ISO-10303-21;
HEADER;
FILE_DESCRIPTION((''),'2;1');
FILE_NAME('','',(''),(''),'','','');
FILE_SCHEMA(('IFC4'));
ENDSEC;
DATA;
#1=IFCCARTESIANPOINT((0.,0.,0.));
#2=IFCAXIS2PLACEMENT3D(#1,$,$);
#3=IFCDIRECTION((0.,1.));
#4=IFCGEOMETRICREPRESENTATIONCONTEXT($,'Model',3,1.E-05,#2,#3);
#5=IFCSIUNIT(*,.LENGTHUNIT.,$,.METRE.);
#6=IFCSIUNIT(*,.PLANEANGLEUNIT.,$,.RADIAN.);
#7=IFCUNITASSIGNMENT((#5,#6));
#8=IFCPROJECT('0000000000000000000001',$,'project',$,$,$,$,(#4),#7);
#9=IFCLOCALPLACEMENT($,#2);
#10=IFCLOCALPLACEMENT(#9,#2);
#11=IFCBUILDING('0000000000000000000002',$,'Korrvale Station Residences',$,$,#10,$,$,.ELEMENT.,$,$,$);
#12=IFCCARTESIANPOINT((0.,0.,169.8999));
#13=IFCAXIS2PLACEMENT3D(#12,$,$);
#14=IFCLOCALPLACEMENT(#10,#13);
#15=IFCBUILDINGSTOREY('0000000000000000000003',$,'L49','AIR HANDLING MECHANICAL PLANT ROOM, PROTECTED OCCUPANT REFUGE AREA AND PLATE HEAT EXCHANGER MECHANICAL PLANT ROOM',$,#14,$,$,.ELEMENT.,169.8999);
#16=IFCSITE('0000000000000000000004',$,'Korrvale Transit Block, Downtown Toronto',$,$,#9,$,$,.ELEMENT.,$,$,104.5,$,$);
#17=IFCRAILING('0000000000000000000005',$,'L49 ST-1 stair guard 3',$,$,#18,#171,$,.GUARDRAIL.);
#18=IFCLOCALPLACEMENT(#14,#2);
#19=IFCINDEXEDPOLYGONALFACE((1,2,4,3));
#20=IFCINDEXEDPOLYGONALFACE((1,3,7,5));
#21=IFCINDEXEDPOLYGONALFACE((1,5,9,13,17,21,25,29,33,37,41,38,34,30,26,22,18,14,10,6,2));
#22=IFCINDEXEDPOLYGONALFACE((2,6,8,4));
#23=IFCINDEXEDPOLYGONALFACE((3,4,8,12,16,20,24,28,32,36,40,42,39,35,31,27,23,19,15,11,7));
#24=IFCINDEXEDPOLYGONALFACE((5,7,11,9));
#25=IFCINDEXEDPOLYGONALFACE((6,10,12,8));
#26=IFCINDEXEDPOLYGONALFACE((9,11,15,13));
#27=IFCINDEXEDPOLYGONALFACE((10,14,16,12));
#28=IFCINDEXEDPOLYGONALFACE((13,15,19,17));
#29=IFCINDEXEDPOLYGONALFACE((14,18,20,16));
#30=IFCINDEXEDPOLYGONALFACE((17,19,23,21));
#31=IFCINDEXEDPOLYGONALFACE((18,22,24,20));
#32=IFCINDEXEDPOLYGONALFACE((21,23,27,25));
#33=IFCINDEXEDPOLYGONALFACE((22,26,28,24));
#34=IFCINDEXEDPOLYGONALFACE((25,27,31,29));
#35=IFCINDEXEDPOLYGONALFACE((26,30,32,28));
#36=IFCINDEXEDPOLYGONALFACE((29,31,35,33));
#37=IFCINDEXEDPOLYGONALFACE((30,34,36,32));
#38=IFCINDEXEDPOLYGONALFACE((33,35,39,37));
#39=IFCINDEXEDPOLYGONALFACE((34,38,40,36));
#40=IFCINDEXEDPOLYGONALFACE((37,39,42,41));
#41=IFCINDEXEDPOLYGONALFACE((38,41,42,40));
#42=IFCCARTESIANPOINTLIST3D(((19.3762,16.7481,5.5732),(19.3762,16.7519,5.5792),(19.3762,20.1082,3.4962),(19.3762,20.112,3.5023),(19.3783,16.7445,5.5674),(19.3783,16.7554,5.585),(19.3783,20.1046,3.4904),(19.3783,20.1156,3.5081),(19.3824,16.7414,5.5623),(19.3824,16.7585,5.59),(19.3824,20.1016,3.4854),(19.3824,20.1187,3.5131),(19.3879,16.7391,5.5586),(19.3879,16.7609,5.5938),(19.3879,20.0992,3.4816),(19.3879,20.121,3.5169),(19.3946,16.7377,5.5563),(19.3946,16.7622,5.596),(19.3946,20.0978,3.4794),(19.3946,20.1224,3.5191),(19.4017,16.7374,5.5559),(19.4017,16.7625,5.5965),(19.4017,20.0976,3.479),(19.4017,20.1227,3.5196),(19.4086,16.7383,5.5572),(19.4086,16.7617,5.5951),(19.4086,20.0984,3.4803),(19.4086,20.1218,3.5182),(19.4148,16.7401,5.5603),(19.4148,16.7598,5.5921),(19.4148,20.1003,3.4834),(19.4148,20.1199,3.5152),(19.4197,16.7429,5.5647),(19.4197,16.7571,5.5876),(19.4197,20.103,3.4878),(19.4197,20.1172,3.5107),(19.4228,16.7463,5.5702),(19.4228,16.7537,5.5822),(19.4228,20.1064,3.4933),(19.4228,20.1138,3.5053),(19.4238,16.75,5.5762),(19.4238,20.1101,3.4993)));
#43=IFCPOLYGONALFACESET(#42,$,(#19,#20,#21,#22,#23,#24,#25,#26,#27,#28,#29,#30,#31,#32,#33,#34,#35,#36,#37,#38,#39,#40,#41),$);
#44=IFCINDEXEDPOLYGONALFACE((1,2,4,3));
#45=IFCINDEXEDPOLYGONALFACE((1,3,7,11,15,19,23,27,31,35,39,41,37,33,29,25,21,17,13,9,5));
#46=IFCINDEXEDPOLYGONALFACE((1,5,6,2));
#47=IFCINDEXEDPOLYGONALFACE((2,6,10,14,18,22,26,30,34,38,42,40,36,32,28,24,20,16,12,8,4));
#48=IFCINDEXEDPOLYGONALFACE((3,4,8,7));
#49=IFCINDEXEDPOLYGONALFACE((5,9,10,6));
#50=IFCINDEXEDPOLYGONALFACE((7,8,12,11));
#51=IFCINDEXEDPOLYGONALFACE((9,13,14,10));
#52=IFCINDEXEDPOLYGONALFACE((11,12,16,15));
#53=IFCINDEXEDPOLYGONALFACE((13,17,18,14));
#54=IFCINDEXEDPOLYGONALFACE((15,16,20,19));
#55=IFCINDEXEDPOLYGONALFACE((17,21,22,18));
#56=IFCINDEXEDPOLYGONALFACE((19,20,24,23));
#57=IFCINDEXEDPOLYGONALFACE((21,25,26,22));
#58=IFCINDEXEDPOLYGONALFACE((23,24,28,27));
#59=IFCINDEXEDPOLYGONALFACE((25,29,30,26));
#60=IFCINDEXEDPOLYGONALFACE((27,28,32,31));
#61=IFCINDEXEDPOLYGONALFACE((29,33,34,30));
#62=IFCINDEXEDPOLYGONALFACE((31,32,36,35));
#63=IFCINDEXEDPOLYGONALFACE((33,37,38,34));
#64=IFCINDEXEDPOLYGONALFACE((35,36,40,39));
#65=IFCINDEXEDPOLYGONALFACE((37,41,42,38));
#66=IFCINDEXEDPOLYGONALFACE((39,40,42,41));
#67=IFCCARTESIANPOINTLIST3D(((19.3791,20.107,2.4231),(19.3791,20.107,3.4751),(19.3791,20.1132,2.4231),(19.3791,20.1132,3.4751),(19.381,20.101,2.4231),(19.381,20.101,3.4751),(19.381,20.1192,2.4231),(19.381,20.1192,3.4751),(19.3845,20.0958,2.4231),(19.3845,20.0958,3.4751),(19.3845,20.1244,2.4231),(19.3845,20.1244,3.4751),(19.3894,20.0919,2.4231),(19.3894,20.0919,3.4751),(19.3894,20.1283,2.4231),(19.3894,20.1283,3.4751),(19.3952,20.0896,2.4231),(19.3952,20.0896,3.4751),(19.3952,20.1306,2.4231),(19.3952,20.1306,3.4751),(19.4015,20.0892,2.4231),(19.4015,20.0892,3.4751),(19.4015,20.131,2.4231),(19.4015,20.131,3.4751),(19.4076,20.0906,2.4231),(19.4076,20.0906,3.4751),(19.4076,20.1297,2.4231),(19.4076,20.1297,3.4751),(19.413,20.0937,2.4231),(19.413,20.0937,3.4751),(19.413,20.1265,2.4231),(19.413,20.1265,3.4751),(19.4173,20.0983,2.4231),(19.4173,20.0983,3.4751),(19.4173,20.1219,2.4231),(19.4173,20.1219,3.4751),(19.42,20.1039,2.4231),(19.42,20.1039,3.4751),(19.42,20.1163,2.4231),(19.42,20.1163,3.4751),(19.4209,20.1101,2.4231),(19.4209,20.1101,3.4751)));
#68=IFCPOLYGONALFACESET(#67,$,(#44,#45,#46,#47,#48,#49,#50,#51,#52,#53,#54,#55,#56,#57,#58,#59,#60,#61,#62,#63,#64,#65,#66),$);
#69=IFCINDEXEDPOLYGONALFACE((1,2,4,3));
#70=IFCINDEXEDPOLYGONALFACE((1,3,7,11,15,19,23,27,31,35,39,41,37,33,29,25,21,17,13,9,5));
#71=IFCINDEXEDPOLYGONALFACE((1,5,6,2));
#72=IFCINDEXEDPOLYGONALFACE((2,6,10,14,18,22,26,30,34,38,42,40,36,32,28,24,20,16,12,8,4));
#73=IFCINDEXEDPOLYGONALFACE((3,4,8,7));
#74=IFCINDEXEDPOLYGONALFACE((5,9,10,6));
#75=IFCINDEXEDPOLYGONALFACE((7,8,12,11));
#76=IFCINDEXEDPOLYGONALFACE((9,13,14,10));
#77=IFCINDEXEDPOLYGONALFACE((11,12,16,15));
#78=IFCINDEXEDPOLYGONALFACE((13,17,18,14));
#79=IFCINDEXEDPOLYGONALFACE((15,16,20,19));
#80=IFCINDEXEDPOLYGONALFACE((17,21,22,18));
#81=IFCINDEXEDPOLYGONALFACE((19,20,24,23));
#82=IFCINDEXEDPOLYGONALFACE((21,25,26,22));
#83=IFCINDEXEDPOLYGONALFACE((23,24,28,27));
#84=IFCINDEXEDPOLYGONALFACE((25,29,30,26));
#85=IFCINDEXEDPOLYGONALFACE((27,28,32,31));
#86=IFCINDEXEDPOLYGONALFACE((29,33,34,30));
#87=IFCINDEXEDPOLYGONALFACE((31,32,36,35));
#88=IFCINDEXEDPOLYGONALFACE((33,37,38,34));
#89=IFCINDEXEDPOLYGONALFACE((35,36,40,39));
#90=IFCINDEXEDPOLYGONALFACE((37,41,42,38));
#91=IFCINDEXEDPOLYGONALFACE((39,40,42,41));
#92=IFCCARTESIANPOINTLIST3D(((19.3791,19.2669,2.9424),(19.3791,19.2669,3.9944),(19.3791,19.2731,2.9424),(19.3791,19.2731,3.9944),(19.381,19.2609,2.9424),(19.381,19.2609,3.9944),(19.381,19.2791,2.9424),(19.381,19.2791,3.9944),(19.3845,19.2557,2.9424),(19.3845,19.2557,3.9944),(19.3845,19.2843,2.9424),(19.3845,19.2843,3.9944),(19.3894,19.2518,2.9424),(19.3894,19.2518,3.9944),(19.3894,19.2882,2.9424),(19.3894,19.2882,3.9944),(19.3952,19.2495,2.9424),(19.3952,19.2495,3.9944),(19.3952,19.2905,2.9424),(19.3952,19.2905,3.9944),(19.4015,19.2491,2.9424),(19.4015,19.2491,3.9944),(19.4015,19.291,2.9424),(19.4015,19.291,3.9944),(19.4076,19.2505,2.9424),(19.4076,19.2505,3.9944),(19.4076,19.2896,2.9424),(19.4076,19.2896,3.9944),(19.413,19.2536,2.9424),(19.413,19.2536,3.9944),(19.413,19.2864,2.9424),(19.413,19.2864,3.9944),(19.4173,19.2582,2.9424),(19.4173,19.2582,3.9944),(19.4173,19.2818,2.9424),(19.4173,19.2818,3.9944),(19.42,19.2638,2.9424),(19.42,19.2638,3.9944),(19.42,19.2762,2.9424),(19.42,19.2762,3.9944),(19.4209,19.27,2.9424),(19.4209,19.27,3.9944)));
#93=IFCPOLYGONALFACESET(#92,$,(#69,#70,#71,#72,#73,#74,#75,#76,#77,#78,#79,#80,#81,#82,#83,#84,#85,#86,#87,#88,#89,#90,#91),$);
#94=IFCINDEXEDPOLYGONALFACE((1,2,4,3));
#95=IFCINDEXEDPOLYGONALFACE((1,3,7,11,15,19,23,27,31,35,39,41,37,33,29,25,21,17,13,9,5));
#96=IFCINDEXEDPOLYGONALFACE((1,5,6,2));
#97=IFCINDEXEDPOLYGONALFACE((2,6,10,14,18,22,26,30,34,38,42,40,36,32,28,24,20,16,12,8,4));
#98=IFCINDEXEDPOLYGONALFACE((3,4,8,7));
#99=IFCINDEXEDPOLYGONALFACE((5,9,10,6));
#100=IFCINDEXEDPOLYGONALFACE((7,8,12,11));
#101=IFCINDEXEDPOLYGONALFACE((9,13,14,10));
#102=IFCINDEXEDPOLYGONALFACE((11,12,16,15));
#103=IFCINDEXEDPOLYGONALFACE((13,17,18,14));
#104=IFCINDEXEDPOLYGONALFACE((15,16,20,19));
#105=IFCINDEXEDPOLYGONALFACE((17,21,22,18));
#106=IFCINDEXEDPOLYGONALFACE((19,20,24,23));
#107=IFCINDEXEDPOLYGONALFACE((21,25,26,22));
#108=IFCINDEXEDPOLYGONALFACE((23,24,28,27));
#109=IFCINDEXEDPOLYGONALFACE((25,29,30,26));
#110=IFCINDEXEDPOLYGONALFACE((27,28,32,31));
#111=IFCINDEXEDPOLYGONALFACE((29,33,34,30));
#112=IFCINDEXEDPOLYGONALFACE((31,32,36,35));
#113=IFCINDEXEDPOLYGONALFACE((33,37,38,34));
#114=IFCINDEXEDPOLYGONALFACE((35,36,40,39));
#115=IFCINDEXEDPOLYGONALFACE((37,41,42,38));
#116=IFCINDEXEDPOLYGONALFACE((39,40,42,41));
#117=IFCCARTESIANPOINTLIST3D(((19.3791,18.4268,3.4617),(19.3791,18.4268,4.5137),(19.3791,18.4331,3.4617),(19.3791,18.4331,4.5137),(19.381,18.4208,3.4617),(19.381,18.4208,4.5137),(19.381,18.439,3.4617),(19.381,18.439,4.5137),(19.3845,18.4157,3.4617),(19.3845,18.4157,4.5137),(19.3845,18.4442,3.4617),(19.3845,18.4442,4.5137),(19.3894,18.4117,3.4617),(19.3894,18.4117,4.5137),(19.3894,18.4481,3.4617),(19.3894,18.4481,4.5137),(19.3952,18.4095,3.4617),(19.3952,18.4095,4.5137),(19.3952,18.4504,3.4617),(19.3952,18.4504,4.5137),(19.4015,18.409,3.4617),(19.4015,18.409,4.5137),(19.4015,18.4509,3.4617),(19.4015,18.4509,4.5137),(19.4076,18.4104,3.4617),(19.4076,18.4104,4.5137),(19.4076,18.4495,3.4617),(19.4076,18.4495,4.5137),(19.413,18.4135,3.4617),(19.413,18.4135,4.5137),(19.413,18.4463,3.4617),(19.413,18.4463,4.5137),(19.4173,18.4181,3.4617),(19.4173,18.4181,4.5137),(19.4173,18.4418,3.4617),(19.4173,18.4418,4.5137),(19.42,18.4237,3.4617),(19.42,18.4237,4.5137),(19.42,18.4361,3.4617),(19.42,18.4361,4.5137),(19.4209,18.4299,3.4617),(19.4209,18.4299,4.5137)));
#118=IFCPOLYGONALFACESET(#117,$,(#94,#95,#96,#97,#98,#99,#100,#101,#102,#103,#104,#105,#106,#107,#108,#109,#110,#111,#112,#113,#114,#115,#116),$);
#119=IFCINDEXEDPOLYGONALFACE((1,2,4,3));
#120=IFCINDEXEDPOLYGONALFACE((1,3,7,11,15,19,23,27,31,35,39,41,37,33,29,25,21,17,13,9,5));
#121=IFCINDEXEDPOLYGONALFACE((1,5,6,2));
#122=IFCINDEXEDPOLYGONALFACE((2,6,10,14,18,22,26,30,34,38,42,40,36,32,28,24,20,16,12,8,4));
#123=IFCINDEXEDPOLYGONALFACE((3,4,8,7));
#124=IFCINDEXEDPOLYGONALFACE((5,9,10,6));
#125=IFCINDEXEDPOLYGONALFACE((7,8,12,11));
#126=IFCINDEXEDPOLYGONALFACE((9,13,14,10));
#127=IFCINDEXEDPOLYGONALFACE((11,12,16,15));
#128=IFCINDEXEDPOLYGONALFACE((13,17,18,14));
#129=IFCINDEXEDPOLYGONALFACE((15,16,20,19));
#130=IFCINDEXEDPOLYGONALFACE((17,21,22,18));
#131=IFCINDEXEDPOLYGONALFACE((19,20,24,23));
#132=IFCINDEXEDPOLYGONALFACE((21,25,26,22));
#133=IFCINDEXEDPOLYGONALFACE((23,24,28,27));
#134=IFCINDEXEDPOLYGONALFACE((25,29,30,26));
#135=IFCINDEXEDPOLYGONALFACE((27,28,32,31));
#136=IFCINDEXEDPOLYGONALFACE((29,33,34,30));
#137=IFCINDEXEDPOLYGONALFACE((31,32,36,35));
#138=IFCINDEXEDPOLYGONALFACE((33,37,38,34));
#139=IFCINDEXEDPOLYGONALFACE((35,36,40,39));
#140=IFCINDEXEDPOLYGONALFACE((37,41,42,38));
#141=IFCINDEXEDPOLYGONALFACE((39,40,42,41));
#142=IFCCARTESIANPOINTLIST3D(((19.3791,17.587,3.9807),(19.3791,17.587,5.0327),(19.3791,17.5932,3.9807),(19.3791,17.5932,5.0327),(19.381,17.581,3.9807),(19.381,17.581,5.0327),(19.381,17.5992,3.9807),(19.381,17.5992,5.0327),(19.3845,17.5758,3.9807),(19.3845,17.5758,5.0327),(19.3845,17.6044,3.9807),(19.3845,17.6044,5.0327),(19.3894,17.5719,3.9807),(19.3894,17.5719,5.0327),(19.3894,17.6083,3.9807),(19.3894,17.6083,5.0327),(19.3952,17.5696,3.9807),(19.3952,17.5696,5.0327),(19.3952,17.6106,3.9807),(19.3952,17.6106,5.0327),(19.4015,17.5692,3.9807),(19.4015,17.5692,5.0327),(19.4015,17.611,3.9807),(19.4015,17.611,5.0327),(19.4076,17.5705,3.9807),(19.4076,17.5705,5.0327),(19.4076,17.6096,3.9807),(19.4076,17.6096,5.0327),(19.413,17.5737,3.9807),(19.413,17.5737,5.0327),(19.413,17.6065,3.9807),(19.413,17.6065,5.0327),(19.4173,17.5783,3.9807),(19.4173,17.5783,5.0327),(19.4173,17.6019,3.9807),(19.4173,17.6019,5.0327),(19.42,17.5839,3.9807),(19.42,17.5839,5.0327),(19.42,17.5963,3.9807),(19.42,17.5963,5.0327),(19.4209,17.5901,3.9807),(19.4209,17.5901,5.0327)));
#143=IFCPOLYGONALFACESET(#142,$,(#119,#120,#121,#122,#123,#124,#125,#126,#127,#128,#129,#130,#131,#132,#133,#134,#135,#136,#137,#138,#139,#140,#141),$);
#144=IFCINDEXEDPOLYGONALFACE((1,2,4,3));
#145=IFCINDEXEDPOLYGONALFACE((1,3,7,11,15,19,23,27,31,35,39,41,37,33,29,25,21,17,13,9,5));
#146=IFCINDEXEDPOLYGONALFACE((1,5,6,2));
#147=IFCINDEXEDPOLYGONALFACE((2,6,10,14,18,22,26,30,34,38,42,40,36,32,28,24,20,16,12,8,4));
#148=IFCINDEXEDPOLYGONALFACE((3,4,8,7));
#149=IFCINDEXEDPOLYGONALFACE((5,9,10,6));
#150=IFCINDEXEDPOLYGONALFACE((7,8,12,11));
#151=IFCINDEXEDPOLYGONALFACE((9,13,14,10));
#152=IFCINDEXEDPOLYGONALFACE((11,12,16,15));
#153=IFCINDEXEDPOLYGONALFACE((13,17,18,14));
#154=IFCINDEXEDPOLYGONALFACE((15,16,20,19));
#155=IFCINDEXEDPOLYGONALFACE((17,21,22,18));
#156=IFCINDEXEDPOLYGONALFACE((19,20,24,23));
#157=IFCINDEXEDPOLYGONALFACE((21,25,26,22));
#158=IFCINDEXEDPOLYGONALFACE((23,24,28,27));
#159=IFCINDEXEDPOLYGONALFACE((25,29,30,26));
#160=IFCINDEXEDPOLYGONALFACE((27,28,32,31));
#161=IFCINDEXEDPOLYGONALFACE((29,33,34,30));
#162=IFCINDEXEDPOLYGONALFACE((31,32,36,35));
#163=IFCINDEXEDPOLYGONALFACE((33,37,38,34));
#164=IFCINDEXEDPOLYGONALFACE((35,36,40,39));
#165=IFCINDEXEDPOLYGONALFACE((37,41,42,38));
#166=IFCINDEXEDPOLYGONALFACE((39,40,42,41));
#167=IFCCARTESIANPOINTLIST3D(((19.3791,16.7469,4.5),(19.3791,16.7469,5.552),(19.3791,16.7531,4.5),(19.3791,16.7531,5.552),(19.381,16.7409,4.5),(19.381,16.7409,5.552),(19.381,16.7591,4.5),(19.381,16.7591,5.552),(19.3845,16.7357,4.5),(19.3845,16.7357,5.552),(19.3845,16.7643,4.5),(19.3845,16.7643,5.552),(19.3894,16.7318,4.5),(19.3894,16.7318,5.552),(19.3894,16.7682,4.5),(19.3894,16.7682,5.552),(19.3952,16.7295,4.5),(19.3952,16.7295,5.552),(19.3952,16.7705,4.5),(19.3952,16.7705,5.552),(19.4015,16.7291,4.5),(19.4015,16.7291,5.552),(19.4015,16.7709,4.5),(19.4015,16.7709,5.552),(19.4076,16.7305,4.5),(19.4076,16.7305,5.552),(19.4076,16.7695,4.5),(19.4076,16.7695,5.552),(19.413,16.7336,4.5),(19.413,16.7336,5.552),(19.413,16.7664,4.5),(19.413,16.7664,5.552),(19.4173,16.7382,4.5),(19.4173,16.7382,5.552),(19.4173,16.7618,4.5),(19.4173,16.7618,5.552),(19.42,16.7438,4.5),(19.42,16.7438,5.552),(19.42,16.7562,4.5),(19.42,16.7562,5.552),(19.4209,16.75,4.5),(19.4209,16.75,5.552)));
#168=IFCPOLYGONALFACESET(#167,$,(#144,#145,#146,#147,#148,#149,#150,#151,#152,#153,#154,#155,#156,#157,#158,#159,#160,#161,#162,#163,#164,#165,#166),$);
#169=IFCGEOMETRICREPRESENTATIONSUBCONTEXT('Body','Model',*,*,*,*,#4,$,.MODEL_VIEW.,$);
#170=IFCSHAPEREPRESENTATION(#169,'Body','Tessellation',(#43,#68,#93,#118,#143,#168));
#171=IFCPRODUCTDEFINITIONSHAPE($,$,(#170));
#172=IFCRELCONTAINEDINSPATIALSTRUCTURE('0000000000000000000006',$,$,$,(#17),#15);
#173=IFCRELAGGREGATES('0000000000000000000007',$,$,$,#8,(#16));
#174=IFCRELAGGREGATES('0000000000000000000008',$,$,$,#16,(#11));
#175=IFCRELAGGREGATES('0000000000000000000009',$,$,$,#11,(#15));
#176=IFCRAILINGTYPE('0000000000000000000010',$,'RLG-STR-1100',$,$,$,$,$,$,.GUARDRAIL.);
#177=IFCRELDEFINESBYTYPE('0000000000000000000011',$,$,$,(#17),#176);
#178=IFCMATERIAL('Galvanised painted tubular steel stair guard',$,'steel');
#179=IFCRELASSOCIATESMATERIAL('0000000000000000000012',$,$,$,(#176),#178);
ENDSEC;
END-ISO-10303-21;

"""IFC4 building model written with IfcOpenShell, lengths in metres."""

from ifc_helpers import new_model, si_unit, direction, frame, origin, origin_2d, place, context, subcontext, project, spatial, circle, extrude, material, type_object, element, save


model = new_model("IFC4")

# Units and contexts
model_context = context("Model", 3, precision=1e-05, world=origin(), true_north=direction((0.0, 1.0)))
body_context = subcontext(model_context, "Body", "Model", "MODEL_VIEW")
ifc_project = project(units=[si_unit("LENGTHUNIT", "METRE"), si_unit("PLANEANGLEUNIT", "RADIAN")], contexts=[model_context])

# Site, building, storey
site_placement = place(None, origin())
site = spatial("IfcSite", under=ifc_project, at=site_placement, Name="Korrvale Transit Block, Downtown Toronto", CompositionType="ELEMENT", RefElevation=104.5)
building_placement = place(site_placement, origin())
building = spatial("IfcBuilding", under=site, at=building_placement, Name="Korrvale Station Residences", CompositionType="ELEMENT")
storey_placement = place(building_placement, frame((0.0, 0.0, 169.8999)))
storey = spatial("IfcBuildingStorey", under=building, at=storey_placement, Name="L49", Description="AIR HANDLING MECHANICAL PLANT ROOM, PROTECTED OCCUPANT REFUGE AREA AND PLATE HEAT EXCHANGER MECHANICAL PLANT ROOM", CompositionType="ELEMENT", Elevation=169.8999)

# Railing
ifc_material_1 = material(Name="Galvanised painted tubular steel stair guard", Category="steel")
railing_type_1 = type_object("IfcRailingType", Name="RLG-STR-1100", PredefinedType="GUARDRAIL", material=ifc_material_1)
railing_1_placement = place(storey_placement, frame((19.3999, 20.1101, 2.4231)))
element("IfcRailing", 1, at=railing_1_placement, inside=storey, type_object=railing_type_1, Name="L49 ST-1 stair guard 3", PredefinedType="GUARDRAIL", context=body_context, shape_type="SweptSolid", body=[
    extrude(circle(Radius=0.0239, at=origin_2d()), frame((0.0, 0.0, 1.0762), z_axis=(0.0, -0.850623, 0.525776), x_axis=(1.0, 0.0, 0.0)), (0.0, 0.0, 1.0), 3.9502),
    extrude(circle(Radius=0.021, at=origin_2d()), origin(), (0.0, 0.0, 1.0), 1.052),
    extrude(circle(Radius=0.021, at=origin_2d()), frame((0.0, -0.8401, 0.5193)), (0.0, 0.0, 1.0), 1.052),
    extrude(circle(Radius=0.021, at=origin_2d()), frame((0.0, -1.6802, 1.0386)), (0.0, 0.0, 1.0), 1.052),
    extrude(circle(Radius=0.021, at=origin_2d()), frame((0.0, -2.52, 1.5576)), (0.0, 0.0, 1.0), 1.052),
    extrude(circle(Radius=0.021, at=origin_2d()), frame((0.0, -3.3601, 2.0769)), (0.0, 0.0, 1.0), 1.052),
])

save(model, "model.ifc")
